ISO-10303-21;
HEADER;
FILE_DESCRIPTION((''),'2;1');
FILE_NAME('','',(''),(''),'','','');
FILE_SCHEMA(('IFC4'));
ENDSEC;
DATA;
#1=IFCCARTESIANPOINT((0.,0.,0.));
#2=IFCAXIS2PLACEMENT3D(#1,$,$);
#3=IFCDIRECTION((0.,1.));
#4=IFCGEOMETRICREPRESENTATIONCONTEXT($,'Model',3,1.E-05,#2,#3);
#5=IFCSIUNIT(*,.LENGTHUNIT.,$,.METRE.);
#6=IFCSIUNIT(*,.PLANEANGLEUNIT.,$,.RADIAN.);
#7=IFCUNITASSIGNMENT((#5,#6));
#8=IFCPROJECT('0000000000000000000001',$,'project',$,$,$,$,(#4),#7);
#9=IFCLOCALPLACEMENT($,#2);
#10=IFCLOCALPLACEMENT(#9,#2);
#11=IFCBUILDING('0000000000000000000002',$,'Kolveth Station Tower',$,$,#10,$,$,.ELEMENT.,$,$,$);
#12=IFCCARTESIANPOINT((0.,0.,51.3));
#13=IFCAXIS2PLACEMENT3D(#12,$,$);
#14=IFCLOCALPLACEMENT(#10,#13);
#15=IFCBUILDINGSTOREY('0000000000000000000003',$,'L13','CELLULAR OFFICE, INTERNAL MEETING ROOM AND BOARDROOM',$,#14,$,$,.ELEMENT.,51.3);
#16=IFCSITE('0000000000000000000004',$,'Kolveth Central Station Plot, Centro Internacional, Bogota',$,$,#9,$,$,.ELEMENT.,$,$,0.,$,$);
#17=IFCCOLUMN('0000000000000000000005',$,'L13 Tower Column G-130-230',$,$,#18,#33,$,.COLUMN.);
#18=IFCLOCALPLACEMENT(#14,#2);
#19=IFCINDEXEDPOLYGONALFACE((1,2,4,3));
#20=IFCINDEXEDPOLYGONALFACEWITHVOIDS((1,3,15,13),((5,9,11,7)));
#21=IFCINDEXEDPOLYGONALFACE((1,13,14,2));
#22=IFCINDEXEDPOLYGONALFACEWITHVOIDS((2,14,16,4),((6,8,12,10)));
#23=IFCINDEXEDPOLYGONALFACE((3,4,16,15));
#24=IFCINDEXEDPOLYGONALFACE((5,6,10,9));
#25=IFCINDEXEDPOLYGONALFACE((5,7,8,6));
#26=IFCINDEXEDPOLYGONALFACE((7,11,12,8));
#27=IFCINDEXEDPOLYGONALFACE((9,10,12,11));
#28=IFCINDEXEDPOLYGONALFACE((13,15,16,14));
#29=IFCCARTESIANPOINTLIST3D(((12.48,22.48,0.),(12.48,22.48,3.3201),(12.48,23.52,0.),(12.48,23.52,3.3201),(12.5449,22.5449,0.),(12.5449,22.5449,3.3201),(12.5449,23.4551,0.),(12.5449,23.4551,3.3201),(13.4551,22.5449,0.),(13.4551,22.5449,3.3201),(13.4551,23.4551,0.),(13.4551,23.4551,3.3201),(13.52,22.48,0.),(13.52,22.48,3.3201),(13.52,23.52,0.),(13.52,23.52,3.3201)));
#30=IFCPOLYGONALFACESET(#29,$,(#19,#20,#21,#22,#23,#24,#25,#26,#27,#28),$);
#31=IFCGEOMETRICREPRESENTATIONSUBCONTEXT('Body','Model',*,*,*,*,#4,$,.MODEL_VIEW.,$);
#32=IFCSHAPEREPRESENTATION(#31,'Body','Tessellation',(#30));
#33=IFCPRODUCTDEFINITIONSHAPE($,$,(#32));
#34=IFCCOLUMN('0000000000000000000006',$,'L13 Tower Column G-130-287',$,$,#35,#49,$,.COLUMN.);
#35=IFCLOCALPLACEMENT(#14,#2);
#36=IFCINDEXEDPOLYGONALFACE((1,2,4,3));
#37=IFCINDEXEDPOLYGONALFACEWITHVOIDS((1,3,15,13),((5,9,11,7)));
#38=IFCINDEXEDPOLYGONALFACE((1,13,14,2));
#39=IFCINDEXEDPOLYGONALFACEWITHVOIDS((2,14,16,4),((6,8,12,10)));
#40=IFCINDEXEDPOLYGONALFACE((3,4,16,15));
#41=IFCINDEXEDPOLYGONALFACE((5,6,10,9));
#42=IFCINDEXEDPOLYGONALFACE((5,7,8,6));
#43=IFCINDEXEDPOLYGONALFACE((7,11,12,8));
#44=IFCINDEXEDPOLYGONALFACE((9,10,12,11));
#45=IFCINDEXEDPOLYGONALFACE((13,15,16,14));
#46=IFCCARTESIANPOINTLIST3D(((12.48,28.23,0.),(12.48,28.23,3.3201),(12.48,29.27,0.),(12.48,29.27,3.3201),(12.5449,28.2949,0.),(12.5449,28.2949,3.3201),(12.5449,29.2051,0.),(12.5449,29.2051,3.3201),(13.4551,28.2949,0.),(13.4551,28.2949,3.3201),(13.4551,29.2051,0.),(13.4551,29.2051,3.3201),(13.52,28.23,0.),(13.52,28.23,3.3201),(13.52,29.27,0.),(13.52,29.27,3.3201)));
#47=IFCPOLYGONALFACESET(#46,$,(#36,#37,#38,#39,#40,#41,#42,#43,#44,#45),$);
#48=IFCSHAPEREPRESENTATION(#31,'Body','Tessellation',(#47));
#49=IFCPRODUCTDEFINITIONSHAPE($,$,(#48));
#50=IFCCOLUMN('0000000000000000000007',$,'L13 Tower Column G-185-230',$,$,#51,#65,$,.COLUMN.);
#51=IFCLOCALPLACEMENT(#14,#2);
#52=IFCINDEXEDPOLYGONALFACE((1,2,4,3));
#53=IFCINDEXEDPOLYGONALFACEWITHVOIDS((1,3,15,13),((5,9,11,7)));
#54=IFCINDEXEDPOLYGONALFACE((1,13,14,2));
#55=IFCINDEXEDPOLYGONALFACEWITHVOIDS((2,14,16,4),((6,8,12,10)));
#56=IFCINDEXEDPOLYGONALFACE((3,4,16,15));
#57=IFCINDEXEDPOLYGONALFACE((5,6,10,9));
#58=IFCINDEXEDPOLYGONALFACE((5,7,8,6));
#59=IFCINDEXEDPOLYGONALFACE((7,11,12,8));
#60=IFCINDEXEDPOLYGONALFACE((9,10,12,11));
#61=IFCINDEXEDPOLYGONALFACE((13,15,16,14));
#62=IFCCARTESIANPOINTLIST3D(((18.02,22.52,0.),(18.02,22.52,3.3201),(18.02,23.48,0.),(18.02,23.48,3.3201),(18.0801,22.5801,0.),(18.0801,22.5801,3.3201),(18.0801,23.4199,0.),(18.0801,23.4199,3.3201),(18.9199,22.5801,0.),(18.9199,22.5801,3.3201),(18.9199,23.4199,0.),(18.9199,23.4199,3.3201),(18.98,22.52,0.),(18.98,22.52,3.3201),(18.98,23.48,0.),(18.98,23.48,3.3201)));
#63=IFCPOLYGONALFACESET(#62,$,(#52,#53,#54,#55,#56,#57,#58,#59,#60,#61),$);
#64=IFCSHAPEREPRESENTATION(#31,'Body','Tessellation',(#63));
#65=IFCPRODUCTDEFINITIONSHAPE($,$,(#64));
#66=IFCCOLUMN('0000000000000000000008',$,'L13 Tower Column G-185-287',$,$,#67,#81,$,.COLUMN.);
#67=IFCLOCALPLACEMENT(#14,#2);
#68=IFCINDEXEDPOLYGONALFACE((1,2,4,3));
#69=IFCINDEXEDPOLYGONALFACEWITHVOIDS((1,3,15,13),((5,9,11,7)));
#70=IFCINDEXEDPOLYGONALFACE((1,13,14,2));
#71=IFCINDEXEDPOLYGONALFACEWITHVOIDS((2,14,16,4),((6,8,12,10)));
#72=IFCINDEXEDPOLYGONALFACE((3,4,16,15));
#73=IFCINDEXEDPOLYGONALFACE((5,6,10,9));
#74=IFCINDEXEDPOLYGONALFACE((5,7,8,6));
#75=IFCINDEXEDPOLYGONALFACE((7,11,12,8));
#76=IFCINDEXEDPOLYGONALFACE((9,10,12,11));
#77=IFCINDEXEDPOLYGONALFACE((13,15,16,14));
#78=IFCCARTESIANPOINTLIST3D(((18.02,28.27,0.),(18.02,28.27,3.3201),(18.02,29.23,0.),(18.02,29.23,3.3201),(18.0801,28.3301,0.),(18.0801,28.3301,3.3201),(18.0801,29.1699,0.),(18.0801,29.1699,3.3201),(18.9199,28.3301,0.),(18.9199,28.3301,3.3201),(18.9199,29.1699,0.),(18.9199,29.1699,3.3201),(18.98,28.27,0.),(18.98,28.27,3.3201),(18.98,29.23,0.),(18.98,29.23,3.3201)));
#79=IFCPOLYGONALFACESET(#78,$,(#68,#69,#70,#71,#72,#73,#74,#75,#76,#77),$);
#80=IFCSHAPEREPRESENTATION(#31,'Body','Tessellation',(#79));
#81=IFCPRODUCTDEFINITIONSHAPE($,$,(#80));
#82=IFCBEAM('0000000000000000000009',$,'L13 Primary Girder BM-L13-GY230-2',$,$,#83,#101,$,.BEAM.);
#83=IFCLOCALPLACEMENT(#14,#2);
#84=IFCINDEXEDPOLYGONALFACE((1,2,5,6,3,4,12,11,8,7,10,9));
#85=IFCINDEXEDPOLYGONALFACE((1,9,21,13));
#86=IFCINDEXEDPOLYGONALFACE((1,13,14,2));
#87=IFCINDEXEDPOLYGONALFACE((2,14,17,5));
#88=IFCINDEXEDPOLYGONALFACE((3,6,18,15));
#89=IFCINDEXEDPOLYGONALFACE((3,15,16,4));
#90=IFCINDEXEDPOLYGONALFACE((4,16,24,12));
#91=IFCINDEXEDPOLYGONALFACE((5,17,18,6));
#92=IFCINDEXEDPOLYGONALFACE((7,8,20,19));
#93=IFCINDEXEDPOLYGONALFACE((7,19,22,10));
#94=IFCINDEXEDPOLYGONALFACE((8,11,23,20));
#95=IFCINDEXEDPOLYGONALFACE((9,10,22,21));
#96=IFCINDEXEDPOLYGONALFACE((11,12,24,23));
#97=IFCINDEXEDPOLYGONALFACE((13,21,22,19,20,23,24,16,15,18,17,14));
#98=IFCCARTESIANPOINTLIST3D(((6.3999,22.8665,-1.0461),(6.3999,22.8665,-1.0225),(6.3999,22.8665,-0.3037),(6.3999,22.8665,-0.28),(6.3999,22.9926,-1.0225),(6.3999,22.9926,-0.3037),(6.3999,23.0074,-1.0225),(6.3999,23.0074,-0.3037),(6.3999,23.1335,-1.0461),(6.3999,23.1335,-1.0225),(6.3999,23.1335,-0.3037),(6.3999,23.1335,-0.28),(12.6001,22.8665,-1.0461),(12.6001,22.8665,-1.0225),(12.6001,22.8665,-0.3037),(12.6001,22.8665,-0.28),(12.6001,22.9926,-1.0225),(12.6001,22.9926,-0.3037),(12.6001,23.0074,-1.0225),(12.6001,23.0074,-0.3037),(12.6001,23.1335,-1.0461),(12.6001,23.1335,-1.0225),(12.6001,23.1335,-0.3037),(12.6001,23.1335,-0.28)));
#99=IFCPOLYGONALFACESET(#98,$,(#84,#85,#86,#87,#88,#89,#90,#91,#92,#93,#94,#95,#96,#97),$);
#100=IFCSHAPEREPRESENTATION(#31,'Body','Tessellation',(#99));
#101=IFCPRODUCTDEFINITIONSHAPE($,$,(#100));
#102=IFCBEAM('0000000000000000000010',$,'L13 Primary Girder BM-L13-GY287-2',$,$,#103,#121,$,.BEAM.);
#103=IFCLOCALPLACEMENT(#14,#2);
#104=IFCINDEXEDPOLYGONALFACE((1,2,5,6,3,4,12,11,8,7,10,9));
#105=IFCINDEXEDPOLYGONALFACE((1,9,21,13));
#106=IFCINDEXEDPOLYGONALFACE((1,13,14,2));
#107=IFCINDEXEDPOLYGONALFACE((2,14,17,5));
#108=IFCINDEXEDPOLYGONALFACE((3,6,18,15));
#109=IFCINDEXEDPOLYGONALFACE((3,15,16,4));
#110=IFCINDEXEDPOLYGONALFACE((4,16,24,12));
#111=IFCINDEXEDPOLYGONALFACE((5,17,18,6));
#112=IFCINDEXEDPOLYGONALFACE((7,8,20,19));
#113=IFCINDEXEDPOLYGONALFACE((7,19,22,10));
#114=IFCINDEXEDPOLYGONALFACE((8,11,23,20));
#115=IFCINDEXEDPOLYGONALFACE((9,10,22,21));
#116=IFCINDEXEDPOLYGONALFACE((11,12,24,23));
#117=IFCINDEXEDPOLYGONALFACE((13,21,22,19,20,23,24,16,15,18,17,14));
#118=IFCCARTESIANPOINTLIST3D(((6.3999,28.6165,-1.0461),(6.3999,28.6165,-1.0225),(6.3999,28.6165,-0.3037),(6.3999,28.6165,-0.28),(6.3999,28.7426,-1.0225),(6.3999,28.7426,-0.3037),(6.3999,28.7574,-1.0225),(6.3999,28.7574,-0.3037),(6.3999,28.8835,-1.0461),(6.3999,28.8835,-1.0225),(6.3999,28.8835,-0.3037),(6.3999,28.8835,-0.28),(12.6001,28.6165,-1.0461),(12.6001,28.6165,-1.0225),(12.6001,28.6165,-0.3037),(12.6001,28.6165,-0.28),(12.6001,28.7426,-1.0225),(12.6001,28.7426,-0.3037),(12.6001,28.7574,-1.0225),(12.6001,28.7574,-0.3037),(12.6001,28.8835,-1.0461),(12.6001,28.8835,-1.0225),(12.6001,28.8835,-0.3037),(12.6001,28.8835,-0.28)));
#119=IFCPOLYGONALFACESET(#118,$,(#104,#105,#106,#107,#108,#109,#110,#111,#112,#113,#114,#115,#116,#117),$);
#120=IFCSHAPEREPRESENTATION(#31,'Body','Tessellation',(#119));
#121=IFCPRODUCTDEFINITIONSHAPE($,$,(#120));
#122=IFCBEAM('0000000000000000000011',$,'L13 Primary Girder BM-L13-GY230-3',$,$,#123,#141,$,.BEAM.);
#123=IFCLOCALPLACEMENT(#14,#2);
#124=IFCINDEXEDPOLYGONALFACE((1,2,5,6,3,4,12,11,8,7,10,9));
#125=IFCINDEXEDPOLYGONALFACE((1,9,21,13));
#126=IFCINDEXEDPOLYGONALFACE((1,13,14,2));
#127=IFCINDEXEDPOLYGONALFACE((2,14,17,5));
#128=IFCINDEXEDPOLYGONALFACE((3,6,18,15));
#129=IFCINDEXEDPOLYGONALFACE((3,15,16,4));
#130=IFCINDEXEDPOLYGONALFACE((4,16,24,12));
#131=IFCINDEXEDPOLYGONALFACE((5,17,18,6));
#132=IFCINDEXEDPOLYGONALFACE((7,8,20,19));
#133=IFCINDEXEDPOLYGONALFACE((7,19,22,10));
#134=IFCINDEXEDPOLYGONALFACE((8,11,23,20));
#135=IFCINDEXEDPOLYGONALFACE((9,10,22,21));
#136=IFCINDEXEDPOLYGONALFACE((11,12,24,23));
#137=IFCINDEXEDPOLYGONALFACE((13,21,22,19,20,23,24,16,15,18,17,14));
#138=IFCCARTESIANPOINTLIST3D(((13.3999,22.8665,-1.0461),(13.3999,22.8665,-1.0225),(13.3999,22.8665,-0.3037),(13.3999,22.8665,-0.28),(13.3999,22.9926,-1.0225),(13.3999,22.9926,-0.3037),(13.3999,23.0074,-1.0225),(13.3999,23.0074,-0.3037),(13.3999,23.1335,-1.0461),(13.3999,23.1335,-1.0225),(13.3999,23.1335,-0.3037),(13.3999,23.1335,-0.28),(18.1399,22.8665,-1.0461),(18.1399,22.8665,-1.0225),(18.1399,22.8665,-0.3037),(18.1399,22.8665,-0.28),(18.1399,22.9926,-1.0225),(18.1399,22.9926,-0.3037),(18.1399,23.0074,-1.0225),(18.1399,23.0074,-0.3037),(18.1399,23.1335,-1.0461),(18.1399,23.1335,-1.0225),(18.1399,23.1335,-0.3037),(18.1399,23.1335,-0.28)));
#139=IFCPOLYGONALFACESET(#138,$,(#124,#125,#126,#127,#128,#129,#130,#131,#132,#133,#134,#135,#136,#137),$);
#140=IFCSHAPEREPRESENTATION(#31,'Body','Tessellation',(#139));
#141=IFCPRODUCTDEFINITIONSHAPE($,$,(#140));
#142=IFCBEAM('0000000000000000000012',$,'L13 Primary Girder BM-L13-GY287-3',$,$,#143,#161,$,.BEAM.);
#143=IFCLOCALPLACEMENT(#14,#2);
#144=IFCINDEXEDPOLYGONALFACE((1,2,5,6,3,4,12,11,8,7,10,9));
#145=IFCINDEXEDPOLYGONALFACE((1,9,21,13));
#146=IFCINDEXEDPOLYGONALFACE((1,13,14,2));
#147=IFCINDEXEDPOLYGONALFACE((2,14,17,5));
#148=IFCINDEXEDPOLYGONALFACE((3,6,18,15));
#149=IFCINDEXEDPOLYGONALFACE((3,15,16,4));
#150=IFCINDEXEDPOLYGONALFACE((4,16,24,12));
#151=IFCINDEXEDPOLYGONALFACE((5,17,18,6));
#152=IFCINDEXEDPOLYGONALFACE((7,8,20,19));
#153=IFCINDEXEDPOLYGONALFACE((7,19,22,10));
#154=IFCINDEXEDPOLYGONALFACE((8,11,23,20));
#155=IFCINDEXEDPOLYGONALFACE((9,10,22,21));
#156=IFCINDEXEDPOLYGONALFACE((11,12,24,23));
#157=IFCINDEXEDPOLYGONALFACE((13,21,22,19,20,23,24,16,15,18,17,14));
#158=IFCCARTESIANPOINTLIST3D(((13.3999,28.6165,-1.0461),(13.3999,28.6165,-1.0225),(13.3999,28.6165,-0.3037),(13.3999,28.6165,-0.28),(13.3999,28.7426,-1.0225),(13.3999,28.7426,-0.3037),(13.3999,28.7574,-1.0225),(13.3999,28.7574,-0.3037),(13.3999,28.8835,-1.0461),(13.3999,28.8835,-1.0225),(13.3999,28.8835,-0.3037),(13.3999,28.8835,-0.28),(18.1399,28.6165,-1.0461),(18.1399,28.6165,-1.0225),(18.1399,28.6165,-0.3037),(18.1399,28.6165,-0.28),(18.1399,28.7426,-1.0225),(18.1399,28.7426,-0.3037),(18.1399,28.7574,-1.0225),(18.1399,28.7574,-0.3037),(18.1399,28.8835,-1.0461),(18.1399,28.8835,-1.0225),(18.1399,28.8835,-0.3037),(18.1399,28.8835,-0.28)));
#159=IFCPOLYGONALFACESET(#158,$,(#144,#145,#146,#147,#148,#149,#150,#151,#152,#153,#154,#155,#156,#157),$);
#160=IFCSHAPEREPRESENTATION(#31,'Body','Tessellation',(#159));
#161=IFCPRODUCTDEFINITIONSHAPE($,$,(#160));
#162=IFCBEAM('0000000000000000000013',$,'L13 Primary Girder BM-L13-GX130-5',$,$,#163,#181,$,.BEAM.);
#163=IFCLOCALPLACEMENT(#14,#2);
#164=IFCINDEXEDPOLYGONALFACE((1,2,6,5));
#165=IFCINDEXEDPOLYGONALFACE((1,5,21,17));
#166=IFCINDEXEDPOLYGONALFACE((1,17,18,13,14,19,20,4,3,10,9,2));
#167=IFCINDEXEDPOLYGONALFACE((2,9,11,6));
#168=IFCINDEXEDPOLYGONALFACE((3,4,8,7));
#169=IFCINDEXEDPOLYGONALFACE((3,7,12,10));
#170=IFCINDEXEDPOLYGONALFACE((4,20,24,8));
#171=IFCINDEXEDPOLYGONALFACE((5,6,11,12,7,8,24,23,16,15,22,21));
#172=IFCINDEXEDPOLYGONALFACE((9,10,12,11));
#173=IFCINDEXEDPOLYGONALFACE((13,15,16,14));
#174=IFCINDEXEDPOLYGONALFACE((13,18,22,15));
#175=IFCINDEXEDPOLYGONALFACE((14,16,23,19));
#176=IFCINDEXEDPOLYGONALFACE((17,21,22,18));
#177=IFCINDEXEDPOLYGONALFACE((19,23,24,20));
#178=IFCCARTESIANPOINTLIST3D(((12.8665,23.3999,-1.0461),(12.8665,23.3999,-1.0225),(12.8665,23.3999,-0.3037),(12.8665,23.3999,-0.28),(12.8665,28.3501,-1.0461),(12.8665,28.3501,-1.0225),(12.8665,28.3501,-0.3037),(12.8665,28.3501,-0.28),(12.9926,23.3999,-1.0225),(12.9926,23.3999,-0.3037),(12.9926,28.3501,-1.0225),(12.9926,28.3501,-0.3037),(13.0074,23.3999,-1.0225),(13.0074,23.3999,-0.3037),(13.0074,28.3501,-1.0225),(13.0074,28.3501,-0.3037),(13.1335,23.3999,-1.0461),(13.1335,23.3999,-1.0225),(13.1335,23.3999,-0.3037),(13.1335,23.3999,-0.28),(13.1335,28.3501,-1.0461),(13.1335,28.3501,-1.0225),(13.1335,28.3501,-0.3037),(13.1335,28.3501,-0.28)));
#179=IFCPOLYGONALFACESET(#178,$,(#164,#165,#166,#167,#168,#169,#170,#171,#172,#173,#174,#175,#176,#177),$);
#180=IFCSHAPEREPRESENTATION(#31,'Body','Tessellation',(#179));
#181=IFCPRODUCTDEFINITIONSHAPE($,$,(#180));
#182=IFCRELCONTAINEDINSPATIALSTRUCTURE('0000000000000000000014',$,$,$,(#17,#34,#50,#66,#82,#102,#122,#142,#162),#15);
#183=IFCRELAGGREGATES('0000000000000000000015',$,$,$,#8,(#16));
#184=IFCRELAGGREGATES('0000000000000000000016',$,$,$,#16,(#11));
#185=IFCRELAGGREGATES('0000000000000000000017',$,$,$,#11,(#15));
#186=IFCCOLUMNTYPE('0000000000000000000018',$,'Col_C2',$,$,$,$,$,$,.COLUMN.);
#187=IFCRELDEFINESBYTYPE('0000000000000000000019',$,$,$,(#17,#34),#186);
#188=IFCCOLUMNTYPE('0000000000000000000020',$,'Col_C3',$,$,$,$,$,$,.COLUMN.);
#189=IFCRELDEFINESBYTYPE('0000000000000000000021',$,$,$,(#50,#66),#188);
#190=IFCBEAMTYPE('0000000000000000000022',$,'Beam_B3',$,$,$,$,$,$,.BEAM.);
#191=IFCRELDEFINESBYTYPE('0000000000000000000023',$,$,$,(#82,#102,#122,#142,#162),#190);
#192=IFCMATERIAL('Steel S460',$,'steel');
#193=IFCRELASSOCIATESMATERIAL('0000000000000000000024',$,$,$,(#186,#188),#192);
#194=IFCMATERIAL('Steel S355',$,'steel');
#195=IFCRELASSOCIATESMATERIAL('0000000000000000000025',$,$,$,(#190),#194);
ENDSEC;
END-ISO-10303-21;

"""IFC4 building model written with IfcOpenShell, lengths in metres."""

from ifc_helpers import new_model, si_unit, direction, frame, origin, origin_2d, place, context, subcontext, project, spatial, hollow_rectangle, i_section, extrude, source, transform, mapped, material, material_profile, profile_set, type_object, element, save


model = new_model("IFC4")

# Units and contexts
model_context = context("Model", 3, precision=1e-05, world=origin(), true_north=direction((0.0, 1.0)))
body_context = subcontext(model_context, "Body", "Model", "MODEL_VIEW")
ifc_project = project(units=[si_unit("LENGTHUNIT", "METRE"), si_unit("PLANEANGLEUNIT", "RADIAN")], contexts=[model_context])

# Site, building, storey
site_placement = place(None, origin())
site = spatial("IfcSite", under=ifc_project, at=site_placement, Name="Kolveth Central Station Plot, Centro Internacional, Bogota", CompositionType="ELEMENT", RefElevation=0.0)
building_placement = place(site_placement, origin())
building = spatial("IfcBuilding", under=site, at=building_placement, Name="Kolveth Station Tower", CompositionType="ELEMENT")
storey_placement = place(building_placement, frame((0.0, 0.0, 51.3)))
storey = spatial("IfcBuildingStorey", under=building, at=storey_placement, Name="L13", Description="CELLULAR OFFICE, INTERNAL MEETING ROOM AND BOARDROOM", CompositionType="ELEMENT", Elevation=51.3)

# Columns
ifc_material_1 = material(Name="Steel S460", Category="steel")
ifc_material_profile_1 = material_profile(ifc_material_1, hollow_rectangle(XDim=1.04, YDim=1.04, WallThickness=0.0649, at=origin_2d()), Name="BOX1040x1040x65")
ifc_profile_set_1 = profile_set([ifc_material_profile_1], Name="Steel S460")
column_type_1 = type_object("IfcColumnType", Name="Col_C2", PredefinedType="COLUMN", material=ifc_profile_set_1)
shared_shape_1 = source(origin(), body_context, "Body", "SweptSolid", [
    extrude(hollow_rectangle(XDim=1.04, YDim=1.04, WallThickness=0.0649, at=origin_2d()), origin(), (0.0, 0.0, 1.0), 3.3201),
])
for number, where, z_axis, x_axis, name in (
    (1, (13.0, 23.0, 0.0), (0.0, 0.0, 1.0), (1.0, 0.0, 0.0), "L13 Tower Column G-130-230"),
    (2, (13.0, 28.75, 0.0), (0.0, 0.0, 1.0), (1.0, 0.0, 0.0), "L13 Tower Column G-130-287"),
):
    element("IfcColumn", number, at=place(storey_placement, frame(where, z_axis=z_axis, x_axis=x_axis)), inside=storey, type_object=column_type_1, Name=name, PredefinedType="COLUMN", context=body_context, shape_type="MappedRepresentation", body=[
        mapped(shared_shape_1, transform((0.0, 0.0, 0.0), x_axis=(1.0, 0.0, 0.0), y_axis=(0.0, 1.0, 0.0), z_axis=(0.0, 0.0, 1.0), scale=1.0)),
    ])
ifc_material_profile_2 = material_profile(ifc_material_1, hollow_rectangle(XDim=0.96, YDim=0.96, WallThickness=0.0601, at=origin_2d()), Name="BOX960x960x60")
ifc_profile_set_2 = profile_set([ifc_material_profile_2], Name="Steel S460")
column_type_2 = type_object("IfcColumnType", Name="Col_C3", PredefinedType="COLUMN", material=ifc_profile_set_2)
shared_shape_2 = source(origin(), body_context, "Body", "SweptSolid", [
    extrude(hollow_rectangle(XDim=0.96, YDim=0.96, WallThickness=0.0601, at=origin_2d()), origin(), (0.0, 0.0, 1.0), 3.3201),
])
for number, where, z_axis, x_axis, name in (
    (3, (18.5, 23.0, 0.0), (0.0, 0.0, 1.0), (1.0, 0.0, 0.0), "L13 Tower Column G-185-230"),
    (4, (18.5, 28.75, 0.0), (0.0, 0.0, 1.0), (1.0, 0.0, 0.0), "L13 Tower Column G-185-287"),
):
    element("IfcColumn", number, at=place(storey_placement, frame(where, z_axis=z_axis, x_axis=x_axis)), inside=storey, type_object=column_type_2, Name=name, PredefinedType="COLUMN", context=body_context, shape_type="MappedRepresentation", body=[
        mapped(shared_shape_2, transform((0.0, 0.0, 0.0), x_axis=(1.0, 0.0, 0.0), y_axis=(0.0, 1.0, 0.0), z_axis=(0.0, 0.0, 1.0), scale=1.0)),
    ])

# Beams
ifc_material_2 = material(Name="Steel S355", Category="steel")
ifc_material_profile_3 = material_profile(ifc_material_2, i_section(OverallWidth=0.2671, OverallDepth=0.7661, WebThickness=0.0149, FlangeThickness=0.0237, at=origin_2d()), Name="W760x185")
ifc_profile_set_3 = profile_set([ifc_material_profile_3], Name="Steel S355")
beam_type_1 = type_object("IfcBeamType", Name="Beam_B3", PredefinedType="BEAM", material=ifc_profile_set_3)
shared_shape_3 = source(origin(), body_context, "Body", "SweptSolid", [
    extrude(i_section(OverallWidth=0.2671, OverallDepth=0.7661, WebThickness=0.0149, FlangeThickness=0.0237, at=origin_2d()), origin(), (0.0, 0.0, 1.0), 6.2002),
])
for number, where, z_axis, x_axis, name in (
    (5, (6.3999, 23.0, -0.6631), (1.0, 0.0, 0.0), (0.0, 1.0, 0.0), "L13 Primary Girder BM-L13-GY230-2"),
    (6, (6.3999, 28.75, -0.6631), (1.0, 0.0, 0.0), (0.0, 1.0, 0.0), "L13 Primary Girder BM-L13-GY287-2"),
):
    element("IfcBeam", number, at=place(storey_placement, frame(where, z_axis=z_axis, x_axis=x_axis)), inside=storey, type_object=beam_type_1, Name=name, PredefinedType="BEAM", context=body_context, shape_type="MappedRepresentation", body=[
        mapped(shared_shape_3, transform((0.0, 0.0, 0.0), x_axis=(1.0, 0.0, 0.0), y_axis=(0.0, 1.0, 0.0), z_axis=(0.0, 0.0, 1.0), scale=1.0)),
    ])
shared_shape_4 = source(origin(), body_context, "Body", "SweptSolid", [
    extrude(i_section(OverallWidth=0.2671, OverallDepth=0.7661, WebThickness=0.0149, FlangeThickness=0.0237, at=origin_2d()), origin(), (0.0, 0.0, 1.0), 4.74),
])
for number, where, z_axis, x_axis, name in (
    (7, (13.3999, 23.0, -0.6631), (1.0, 0.0, 0.0), (0.0, 1.0, 0.0), "L13 Primary Girder BM-L13-GY230-3"),
    (8, (13.3999, 28.75, -0.6631), (1.0, 0.0, 0.0), (0.0, 1.0, 0.0), "L13 Primary Girder BM-L13-GY287-3"),
):
    element("IfcBeam", number, at=place(storey_placement, frame(where, z_axis=z_axis, x_axis=x_axis)), inside=storey, type_object=beam_type_1, Name=name, PredefinedType="BEAM", context=body_context, shape_type="MappedRepresentation", body=[
        mapped(shared_shape_4, transform((0.0, 0.0, 0.0), x_axis=(1.0, 0.0, 0.0), y_axis=(0.0, 1.0, 0.0), z_axis=(0.0, 0.0, 1.0), scale=1.0)),
    ])
shared_shape_5 = source(origin(), body_context, "Body", "SweptSolid", [
    extrude(i_section(OverallWidth=0.2671, OverallDepth=0.7661, WebThickness=0.0149, FlangeThickness=0.0237, at=origin_2d()), origin(), (0.0, 0.0, 1.0), 4.9502),
])
beam_1_placement = place(storey_placement, frame((13.0, 23.3999, -0.6631), z_axis=(0.0, 1.0, 0.0), x_axis=(-1.0, 0.0, 0.0)))
element("IfcBeam", 9, at=beam_1_placement, inside=storey, type_object=beam_type_1, Name="L13 Primary Girder BM-L13-GX130-5", PredefinedType="BEAM", context=body_context, shape_type="MappedRepresentation", body=[
    mapped(shared_shape_5, transform((0.0, 0.0, 0.0), x_axis=(1.0, 0.0, 0.0), y_axis=(0.0, 1.0, 0.0), z_axis=(0.0, 0.0, 1.0), scale=1.0)),
])

save(model, "model.ifc")
